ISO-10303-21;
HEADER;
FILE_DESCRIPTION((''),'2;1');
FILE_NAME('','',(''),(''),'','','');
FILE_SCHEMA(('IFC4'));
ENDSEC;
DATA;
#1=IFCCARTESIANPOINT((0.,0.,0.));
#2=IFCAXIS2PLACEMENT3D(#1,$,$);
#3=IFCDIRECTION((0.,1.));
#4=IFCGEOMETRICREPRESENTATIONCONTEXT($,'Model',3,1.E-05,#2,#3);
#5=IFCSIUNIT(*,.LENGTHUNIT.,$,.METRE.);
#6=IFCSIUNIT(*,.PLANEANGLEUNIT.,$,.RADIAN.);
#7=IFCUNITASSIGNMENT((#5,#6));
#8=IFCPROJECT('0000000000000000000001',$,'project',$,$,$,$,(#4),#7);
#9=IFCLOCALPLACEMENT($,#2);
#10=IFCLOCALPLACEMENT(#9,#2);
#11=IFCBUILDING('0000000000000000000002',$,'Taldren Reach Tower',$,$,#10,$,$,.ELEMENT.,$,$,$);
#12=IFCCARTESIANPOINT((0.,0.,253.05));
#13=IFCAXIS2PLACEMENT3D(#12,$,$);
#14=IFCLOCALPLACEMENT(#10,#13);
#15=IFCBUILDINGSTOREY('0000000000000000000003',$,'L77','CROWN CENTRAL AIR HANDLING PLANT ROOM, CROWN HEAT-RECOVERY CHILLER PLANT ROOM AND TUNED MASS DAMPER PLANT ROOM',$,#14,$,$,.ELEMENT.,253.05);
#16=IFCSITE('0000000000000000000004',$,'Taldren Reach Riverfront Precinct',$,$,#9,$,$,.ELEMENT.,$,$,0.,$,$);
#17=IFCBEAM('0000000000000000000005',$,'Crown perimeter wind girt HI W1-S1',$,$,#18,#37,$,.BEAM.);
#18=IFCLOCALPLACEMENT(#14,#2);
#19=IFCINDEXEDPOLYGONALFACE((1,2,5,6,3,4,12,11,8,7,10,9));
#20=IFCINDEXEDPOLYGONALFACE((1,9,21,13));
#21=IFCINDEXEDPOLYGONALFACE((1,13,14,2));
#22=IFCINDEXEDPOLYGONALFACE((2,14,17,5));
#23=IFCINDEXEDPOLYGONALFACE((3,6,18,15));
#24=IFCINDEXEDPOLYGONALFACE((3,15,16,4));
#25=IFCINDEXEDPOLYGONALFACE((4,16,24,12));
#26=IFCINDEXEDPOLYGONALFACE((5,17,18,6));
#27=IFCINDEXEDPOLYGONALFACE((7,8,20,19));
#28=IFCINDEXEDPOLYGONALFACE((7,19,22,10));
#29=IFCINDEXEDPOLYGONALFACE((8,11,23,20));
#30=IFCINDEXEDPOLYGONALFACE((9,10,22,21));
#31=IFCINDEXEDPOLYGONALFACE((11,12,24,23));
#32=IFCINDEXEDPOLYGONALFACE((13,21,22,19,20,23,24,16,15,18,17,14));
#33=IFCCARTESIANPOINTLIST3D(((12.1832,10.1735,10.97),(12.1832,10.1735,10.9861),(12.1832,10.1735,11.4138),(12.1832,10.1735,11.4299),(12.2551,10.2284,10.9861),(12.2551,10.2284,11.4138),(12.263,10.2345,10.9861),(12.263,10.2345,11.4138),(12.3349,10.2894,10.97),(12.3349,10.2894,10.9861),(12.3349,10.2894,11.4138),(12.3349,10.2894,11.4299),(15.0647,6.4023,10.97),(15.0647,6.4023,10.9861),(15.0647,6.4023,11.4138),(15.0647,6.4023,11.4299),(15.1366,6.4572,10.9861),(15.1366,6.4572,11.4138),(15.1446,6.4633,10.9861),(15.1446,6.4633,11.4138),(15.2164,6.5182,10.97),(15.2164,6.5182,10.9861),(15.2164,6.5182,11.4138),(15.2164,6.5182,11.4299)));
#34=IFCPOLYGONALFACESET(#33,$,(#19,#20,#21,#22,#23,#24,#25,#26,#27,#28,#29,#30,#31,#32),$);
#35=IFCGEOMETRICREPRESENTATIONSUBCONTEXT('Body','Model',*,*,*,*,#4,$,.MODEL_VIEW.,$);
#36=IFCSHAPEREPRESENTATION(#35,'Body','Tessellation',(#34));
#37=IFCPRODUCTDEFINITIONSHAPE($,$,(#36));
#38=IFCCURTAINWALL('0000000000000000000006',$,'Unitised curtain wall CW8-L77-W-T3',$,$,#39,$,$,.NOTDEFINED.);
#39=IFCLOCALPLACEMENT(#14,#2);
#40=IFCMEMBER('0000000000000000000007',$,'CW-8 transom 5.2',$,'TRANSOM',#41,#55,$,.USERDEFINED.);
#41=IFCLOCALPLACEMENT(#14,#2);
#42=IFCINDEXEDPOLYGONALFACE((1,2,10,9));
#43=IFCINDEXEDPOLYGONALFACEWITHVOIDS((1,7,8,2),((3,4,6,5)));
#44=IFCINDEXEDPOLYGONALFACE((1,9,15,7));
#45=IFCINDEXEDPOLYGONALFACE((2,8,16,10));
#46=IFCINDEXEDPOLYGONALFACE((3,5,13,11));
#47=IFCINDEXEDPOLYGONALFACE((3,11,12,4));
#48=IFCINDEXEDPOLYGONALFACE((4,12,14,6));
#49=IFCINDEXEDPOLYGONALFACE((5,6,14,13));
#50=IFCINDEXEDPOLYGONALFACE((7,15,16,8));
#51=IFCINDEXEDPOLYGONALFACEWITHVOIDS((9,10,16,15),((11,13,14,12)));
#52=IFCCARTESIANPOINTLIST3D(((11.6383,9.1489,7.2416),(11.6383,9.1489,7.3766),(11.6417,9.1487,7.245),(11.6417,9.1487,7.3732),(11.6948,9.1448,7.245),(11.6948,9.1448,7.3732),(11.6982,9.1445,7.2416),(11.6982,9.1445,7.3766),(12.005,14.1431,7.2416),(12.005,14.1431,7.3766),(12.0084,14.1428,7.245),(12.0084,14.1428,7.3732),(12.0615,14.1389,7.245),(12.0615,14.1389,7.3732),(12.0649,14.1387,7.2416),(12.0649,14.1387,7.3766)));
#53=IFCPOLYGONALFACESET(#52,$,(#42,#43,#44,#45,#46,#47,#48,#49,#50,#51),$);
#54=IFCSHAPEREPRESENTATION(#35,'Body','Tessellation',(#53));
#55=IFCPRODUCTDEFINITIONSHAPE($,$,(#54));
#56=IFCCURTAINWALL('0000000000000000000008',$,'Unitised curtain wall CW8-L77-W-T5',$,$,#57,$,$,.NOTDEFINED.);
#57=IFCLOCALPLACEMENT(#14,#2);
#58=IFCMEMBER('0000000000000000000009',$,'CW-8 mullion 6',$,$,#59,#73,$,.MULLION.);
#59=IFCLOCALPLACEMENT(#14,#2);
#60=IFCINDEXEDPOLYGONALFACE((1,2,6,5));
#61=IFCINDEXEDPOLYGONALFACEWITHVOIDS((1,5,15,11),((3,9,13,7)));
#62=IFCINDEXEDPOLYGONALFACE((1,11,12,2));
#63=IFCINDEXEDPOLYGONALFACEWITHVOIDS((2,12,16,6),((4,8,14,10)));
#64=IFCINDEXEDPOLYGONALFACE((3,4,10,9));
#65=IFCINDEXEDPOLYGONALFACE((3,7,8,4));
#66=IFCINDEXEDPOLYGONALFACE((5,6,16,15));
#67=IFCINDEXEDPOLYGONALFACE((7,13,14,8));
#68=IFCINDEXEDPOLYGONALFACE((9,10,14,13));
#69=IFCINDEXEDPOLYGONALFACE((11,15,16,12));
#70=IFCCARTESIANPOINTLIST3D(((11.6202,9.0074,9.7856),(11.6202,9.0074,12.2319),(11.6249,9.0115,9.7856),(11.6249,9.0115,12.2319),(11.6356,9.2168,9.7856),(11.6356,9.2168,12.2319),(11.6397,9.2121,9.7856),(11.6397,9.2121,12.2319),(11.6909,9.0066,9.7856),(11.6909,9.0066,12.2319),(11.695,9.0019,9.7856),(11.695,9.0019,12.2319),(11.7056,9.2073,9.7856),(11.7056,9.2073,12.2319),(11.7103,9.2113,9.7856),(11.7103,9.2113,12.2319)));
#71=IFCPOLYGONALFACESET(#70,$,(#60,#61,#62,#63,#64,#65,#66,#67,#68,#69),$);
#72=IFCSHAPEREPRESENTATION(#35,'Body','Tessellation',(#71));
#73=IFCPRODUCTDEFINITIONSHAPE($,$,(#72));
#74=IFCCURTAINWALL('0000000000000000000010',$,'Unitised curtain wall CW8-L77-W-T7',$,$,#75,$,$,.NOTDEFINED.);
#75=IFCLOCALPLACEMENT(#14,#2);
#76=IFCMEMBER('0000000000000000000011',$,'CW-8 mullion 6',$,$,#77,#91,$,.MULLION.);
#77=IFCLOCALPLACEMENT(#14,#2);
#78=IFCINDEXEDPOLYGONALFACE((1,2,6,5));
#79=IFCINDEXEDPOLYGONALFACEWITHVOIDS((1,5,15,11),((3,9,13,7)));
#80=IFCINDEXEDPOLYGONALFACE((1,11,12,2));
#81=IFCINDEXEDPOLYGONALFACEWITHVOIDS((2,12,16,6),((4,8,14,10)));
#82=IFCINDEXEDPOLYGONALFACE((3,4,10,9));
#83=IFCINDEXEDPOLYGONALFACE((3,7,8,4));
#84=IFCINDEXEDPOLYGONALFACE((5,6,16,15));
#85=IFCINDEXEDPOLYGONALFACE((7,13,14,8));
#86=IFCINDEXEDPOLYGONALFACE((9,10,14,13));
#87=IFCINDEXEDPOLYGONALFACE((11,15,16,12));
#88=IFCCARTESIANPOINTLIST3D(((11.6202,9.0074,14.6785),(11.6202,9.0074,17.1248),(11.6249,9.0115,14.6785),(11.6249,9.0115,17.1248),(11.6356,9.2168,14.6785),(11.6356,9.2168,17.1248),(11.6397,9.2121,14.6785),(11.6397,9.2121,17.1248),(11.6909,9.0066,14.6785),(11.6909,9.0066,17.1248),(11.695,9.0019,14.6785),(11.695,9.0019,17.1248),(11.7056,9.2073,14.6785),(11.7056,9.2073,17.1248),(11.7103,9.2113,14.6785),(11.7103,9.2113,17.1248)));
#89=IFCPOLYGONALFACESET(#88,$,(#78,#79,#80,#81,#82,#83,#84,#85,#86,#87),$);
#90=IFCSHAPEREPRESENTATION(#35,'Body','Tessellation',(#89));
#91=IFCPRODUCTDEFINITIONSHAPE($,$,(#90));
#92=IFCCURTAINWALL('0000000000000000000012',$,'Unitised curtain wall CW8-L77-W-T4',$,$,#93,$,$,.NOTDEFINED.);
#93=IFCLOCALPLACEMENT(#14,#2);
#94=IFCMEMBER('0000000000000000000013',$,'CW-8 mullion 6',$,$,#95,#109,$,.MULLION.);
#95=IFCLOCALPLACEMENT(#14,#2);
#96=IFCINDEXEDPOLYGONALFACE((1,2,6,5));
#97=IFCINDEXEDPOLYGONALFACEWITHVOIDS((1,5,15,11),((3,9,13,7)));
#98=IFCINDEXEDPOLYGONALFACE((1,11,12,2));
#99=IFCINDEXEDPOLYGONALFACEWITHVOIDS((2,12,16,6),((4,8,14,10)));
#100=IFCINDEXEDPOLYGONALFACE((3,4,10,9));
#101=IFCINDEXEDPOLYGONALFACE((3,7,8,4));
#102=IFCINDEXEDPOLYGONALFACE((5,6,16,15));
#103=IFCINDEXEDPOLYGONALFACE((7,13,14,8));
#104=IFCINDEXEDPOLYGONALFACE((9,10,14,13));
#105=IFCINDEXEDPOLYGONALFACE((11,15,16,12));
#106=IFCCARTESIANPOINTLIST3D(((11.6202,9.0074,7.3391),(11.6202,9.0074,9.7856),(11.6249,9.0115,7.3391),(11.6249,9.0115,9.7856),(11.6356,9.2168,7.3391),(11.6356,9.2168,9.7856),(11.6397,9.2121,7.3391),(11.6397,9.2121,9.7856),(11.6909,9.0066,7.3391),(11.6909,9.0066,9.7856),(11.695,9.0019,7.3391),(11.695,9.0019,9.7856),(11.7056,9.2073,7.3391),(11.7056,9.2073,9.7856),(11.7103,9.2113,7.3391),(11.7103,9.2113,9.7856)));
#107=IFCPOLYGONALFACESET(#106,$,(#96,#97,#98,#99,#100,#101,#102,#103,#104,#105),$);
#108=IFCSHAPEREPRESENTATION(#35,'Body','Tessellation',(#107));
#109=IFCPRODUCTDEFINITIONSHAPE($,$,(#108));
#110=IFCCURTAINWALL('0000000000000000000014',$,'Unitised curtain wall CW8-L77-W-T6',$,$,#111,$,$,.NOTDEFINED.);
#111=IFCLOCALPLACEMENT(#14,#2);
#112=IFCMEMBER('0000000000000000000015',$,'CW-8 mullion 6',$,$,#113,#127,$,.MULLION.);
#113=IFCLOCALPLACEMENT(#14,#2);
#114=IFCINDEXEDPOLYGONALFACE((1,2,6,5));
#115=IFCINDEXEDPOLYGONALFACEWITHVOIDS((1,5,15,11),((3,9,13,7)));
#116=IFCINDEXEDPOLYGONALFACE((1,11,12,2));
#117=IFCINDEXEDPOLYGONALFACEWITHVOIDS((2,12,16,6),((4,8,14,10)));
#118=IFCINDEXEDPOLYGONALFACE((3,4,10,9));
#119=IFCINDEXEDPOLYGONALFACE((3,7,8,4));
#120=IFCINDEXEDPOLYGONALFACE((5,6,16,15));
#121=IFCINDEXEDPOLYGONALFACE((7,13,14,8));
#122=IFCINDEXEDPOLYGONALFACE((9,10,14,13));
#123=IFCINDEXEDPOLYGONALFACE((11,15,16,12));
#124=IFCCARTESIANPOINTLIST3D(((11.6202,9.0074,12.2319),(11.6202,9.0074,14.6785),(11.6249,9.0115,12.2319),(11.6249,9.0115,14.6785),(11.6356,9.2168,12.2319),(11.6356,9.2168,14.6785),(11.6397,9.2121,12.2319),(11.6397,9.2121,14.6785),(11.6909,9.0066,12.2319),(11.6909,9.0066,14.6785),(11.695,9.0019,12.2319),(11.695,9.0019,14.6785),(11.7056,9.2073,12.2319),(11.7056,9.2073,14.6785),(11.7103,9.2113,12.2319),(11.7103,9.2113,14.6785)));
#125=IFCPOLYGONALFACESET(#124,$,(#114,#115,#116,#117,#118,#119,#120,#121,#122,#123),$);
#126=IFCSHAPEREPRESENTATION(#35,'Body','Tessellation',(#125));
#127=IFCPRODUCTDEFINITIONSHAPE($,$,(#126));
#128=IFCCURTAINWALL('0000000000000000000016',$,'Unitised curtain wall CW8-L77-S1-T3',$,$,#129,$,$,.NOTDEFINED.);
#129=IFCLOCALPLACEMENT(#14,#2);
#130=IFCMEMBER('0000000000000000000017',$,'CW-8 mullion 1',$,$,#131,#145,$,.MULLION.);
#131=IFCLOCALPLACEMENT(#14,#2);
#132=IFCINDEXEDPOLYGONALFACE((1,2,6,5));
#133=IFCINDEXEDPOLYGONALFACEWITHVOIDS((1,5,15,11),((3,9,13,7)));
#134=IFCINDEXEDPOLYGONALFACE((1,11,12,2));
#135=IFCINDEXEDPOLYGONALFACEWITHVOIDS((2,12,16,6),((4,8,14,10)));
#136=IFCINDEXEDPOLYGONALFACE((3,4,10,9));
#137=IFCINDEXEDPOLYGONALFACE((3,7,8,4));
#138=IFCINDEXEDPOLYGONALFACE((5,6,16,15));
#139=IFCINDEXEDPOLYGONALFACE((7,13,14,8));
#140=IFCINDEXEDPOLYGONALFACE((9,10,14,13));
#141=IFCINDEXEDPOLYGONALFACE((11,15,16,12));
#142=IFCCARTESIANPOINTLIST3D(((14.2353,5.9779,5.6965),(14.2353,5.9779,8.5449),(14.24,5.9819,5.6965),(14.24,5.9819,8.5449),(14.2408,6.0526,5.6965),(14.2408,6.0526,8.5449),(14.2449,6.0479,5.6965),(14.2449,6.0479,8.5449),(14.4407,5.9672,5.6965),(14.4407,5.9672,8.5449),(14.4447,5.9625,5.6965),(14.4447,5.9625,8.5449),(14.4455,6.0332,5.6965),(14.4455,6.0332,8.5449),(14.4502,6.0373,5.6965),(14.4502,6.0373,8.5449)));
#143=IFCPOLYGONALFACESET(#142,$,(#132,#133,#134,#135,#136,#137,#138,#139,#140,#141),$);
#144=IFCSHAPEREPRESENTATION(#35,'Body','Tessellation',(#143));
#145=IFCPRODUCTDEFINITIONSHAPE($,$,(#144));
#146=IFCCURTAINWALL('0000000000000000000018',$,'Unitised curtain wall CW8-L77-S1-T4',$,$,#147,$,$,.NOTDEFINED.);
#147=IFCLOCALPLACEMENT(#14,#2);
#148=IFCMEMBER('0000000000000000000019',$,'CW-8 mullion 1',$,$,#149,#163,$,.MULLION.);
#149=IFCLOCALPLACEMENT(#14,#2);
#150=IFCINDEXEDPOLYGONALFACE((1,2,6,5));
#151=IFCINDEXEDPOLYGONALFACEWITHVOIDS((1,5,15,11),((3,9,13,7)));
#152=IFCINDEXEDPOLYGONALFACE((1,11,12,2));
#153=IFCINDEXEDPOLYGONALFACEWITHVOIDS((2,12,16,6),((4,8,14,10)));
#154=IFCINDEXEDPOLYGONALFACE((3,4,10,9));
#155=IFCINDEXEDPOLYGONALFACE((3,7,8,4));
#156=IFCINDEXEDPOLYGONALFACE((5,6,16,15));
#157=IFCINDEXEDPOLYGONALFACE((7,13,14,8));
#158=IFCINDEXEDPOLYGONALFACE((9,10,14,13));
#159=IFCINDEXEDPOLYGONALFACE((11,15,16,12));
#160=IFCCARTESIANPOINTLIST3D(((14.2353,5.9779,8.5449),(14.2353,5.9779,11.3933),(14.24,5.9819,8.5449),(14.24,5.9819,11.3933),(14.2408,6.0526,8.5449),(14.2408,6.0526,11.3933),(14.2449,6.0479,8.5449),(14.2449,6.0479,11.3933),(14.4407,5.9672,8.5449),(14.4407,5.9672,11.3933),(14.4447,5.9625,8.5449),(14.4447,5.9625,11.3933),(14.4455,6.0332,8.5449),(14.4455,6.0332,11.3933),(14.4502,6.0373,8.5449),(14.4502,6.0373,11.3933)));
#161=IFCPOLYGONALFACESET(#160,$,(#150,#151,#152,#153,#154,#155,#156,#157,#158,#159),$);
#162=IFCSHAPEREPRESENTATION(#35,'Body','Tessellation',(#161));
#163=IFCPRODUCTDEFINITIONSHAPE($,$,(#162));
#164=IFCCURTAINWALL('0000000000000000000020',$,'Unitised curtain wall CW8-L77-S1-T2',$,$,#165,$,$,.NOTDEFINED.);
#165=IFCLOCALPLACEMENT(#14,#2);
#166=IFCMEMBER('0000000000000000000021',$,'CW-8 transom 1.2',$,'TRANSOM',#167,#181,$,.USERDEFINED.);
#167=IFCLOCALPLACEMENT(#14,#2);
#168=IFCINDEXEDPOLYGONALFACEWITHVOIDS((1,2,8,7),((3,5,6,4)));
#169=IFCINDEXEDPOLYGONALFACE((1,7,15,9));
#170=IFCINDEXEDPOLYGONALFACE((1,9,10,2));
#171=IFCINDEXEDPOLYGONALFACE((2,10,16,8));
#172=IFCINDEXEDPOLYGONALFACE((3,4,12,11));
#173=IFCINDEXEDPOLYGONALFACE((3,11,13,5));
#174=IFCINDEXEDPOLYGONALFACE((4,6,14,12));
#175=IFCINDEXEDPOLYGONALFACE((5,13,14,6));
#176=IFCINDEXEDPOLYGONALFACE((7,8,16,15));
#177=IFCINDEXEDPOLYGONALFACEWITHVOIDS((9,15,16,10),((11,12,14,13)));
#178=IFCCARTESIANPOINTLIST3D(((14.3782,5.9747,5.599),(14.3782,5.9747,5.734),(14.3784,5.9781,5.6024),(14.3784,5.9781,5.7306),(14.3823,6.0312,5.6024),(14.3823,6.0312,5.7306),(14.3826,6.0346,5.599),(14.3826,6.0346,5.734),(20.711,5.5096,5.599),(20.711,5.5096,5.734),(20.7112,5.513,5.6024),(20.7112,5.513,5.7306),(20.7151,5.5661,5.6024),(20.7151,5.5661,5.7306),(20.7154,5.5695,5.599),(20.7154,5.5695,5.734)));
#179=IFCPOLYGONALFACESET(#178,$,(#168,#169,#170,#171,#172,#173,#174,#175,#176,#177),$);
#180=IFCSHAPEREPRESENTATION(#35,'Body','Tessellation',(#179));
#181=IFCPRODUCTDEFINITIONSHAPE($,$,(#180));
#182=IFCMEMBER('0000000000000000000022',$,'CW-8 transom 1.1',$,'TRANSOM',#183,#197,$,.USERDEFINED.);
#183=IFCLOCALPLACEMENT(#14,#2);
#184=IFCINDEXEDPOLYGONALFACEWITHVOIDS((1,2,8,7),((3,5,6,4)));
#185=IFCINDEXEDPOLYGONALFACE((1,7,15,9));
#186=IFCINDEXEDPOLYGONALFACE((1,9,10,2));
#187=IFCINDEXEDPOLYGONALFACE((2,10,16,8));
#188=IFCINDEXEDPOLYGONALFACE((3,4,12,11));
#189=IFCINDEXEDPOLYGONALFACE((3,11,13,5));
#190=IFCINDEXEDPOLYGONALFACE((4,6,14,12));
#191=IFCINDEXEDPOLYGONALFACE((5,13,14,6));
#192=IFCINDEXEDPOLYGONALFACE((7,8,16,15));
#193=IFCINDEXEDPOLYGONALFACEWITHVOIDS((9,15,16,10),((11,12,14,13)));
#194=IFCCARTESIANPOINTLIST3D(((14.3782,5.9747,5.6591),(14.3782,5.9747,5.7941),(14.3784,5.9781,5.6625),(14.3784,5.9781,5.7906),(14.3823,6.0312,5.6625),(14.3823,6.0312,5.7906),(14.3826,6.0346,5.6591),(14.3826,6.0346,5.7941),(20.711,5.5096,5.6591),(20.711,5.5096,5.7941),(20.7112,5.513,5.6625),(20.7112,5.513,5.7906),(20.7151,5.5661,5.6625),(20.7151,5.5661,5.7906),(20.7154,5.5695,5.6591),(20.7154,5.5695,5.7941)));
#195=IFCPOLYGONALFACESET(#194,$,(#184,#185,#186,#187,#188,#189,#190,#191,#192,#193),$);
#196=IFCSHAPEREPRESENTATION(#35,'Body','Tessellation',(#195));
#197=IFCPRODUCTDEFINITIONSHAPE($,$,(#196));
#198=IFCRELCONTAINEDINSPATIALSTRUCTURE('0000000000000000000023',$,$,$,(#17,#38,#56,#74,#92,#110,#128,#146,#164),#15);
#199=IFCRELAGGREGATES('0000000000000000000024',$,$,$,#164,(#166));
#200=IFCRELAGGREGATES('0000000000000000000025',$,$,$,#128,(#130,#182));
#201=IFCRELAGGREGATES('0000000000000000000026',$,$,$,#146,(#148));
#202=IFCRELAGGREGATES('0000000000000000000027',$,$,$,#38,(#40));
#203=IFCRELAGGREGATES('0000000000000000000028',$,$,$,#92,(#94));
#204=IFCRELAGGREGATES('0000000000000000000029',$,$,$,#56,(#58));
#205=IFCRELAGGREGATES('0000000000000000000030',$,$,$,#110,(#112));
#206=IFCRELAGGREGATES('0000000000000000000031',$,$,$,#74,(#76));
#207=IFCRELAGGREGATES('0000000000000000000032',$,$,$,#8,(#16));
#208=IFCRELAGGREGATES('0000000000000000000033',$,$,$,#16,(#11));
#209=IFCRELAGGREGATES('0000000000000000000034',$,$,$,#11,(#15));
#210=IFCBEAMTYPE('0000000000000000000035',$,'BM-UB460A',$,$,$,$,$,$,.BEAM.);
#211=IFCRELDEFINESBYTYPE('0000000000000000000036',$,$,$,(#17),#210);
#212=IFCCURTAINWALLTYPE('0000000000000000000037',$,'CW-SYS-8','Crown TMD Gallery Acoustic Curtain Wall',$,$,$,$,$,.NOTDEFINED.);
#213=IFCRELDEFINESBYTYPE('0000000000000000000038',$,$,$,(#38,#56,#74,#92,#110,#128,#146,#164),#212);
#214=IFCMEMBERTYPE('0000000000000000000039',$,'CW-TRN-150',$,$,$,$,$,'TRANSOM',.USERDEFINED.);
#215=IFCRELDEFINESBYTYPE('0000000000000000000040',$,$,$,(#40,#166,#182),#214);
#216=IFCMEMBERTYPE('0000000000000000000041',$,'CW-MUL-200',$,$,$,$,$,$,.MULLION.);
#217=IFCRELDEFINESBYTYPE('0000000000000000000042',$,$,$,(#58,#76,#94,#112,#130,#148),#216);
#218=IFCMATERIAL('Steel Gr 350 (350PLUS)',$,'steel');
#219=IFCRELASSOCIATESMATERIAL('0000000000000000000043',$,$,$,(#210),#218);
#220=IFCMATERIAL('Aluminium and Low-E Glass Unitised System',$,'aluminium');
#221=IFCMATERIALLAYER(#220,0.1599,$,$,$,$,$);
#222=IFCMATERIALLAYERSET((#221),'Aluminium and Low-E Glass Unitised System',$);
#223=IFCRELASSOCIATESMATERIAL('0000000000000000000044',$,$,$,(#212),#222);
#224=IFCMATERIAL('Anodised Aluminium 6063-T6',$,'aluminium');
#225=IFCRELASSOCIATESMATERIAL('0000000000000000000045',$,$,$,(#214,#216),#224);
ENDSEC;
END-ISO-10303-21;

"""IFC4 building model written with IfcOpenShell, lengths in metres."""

from ifc_helpers import new_model, si_unit, direction, frame, origin, origin_2d, place, context, subcontext, project, spatial, hollow_rectangle, i_section, extrude, source, transform, mapped, material, layer, layer_set, material_profile, profile_set, type_object, element, aggregate, save


model = new_model("IFC4")

# Units and contexts
model_context = context("Model", 3, precision=1e-05, world=origin(), true_north=direction((0.0, 1.0)))
body_context = subcontext(model_context, "Body", "Model", "MODEL_VIEW")
ifc_project = project(units=[si_unit("LENGTHUNIT", "METRE"), si_unit("PLANEANGLEUNIT", "RADIAN")], contexts=[model_context])

# Site, building, storey
site_placement = place(None, origin())
site = spatial("IfcSite", under=ifc_project, at=site_placement, Name="Taldren Reach Riverfront Precinct", CompositionType="ELEMENT", RefElevation=0.0)
building_placement = place(site_placement, origin())
building = spatial("IfcBuilding", under=site, at=building_placement, Name="Taldren Reach Tower", CompositionType="ELEMENT")
storey_placement = place(building_placement, frame((0.0, 0.0, 253.05)))
storey = spatial("IfcBuildingStorey", under=building, at=storey_placement, Name="L77", Description="CROWN CENTRAL AIR HANDLING PLANT ROOM, CROWN HEAT-RECOVERY CHILLER PLANT ROOM AND TUNED MASS DAMPER PLANT ROOM", CompositionType="ELEMENT", Elevation=253.05)

# Shared definitions
ifc_material_1 = material(Name="Steel Gr 350 (350PLUS)", Category="steel")
ifc_material_profile_1 = material_profile(ifc_material_1, i_section(OverallWidth=0.1909, OverallDepth=0.46, WebThickness=0.01, FlangeThickness=0.0161, at=origin_2d()), Name="460UB82.1")
ifc_profile_set_1 = profile_set([ifc_material_profile_1], Name="Steel Gr 350 (350PLUS)")
beam_type_1 = type_object("IfcBeamType", Name="BM-UB460A", PredefinedType="BEAM", material=ifc_profile_set_1)

# Beam
shared_shape_1 = source(origin(), body_context, "Body", "SweptSolid", [
    extrude(i_section(OverallWidth=0.1909, OverallDepth=0.46, WebThickness=0.01, FlangeThickness=0.0161, at=origin_2d()), origin(), (0.0, 0.0, 1.0), 4.7461),
])
for number, where, z_axis, x_axis, name in (
    (1, (12.259, 10.2314, 11.2), (0.607145, -0.794591, 0.0), (0.794591, 0.607145, 0.0), "Crown perimeter wind girt HI W1-S1"),
):
    element("IfcBeam", number, at=place(storey_placement, frame(where, z_axis=z_axis, x_axis=x_axis)), inside=storey, type_object=beam_type_1, Name=name, PredefinedType="BEAM", context=body_context, shape_type="MappedRepresentation", body=[
        mapped(shared_shape_1, transform((0.0, 0.0, 0.0), scale=1.0)),
    ])

# Curtain walls, members
ifc_material_2 = material(Name="Aluminium and Low-E Glass Unitised System", Category="aluminium")
ifc_layer_1 = layer(ifc_material_2, 0.1599)
ifc_layer_set_1 = layer_set([ifc_layer_1], Name="Aluminium and Low-E Glass Unitised System")
curtain_wall_type = type_object("IfcCurtainWallType", Name="CW-SYS-8", Description="Crown TMD Gallery Acoustic Curtain Wall", PredefinedType="NOTDEFINED", material=ifc_layer_set_1)
curtain_wall_1_placement = place(storey_placement, origin())
curtain_wall_1 = element("IfcCurtainWall", 2, at=curtain_wall_1_placement, inside=storey, type_object=curtain_wall_type, Name="Unitised curtain wall CW8-L77-W-T3", PredefinedType="NOTDEFINED")
ifc_material_3 = material(Name="Anodised Aluminium 6063-T6", Category="aluminium")
ifc_material_profile_2 = material_profile(ifc_material_3, hollow_rectangle(XDim=0.0601, YDim=0.135, WallThickness=0.0034, at=origin_2d()), Name="ALU-135x60x3.5RHS")
ifc_profile_set_2 = profile_set([ifc_material_profile_2], Name="Anodised Aluminium 6063-T6")
member_type_1 = type_object("IfcMemberType", Name="CW-TRN-150", ElementType="TRANSOM", PredefinedType="USERDEFINED", material=ifc_profile_set_2)
shared_shape_2 = source(origin(), body_context, "Body", "SweptSolid", [
    extrude(hollow_rectangle(XDim=0.0601, YDim=0.135, WallThickness=0.0034, at=origin_2d()), origin(), (0.0, 0.0, 1.0), 5.0076),
])
member_1_placement = place(storey_placement, frame((12.0349, 14.1409, 7.3091), z_axis=(-0.073229, -0.997315, 0.0), x_axis=(0.997315, -0.073229, 0.0)))
member_1 = element("IfcMember", 3, at=member_1_placement, type_object=member_type_1, Name="CW-8 transom 5.2", ObjectType="TRANSOM", PredefinedType="USERDEFINED", context=body_context, shape_type="MappedRepresentation", body=[
    mapped(shared_shape_2, transform((0.0, 0.0, 0.0), scale=1.0)),
])
curtain_wall_2_placement = place(storey_placement, origin())
curtain_wall_2 = element("IfcCurtainWall", 4, at=curtain_wall_2_placement, inside=storey, type_object=curtain_wall_type, Name="Unitised curtain wall CW8-L77-W-T5", PredefinedType="NOTDEFINED")
ifc_material_profile_3 = material_profile(ifc_material_3, hollow_rectangle(XDim=0.075, YDim=0.21, WallThickness=0.0044, at=origin_2d()), Name="ALU-210x75x4.5RHS")
ifc_profile_set_3 = profile_set([ifc_material_profile_3], Name="Anodised Aluminium 6063-T6")
member_type_2 = type_object("IfcMemberType", Name="CW-MUL-200", PredefinedType="MULLION", material=ifc_profile_set_3)
shared_shape_3 = source(origin(), body_context, "Body", "SweptSolid", [
    extrude(hollow_rectangle(XDim=0.075, YDim=0.21, WallThickness=0.0044, at=origin_2d()), origin(), (0.0, 0.0, 1.0), 2.4463),
])
member_2_placement = place(storey_placement, frame((11.6653, 9.1094, 9.7856), z_axis=(0.0, 0.0, 1.0), x_axis=(0.997314, -0.073238, 0.0)))
member_2 = element("IfcMember", 5, at=member_2_placement, type_object=member_type_2, Name="CW-8 mullion 6", PredefinedType="MULLION", context=body_context, shape_type="MappedRepresentation", body=[
    mapped(shared_shape_3, transform((0.0, 0.0, 0.0), scale=1.0)),
])
curtain_wall_3_placement = place(storey_placement, origin())
curtain_wall_3 = element("IfcCurtainWall", 6, at=curtain_wall_3_placement, inside=storey, type_object=curtain_wall_type, Name="Unitised curtain wall CW8-L77-W-T7", PredefinedType="NOTDEFINED")
member_3_placement = place(storey_placement, frame((11.6653, 9.1094, 14.6785), z_axis=(0.0, 0.0, 1.0), x_axis=(0.997314, -0.073238, 0.0)))
member_3 = element("IfcMember", 7, at=member_3_placement, type_object=member_type_2, Name="CW-8 mullion 6", PredefinedType="MULLION", context=body_context, shape_type="MappedRepresentation", body=[
    mapped(shared_shape_3, transform((0.0, 0.0, 0.0), scale=1.0)),
])
curtain_wall_4_placement = place(storey_placement, origin())
curtain_wall_4 = element("IfcCurtainWall", 8, at=curtain_wall_4_placement, inside=storey, type_object=curtain_wall_type, Name="Unitised curtain wall CW8-L77-W-T4", PredefinedType="NOTDEFINED")
shared_shape_4 = source(origin(), body_context, "Body", "SweptSolid", [
    extrude(hollow_rectangle(XDim=0.075, YDim=0.21, WallThickness=0.0044, at=origin_2d()), origin(), (0.0, 0.0, 1.0), 2.4465),
])
member_4_placement = place(storey_placement, frame((11.6653, 9.1094, 7.3391), z_axis=(0.0, 0.0, 1.0), x_axis=(0.997314, -0.073238, 0.0)))
member_4 = element("IfcMember", 9, at=member_4_placement, type_object=member_type_2, Name="CW-8 mullion 6", PredefinedType="MULLION", context=body_context, shape_type="MappedRepresentation", body=[
    mapped(shared_shape_4, transform((0.0, 0.0, 0.0), scale=1.0)),
])
curtain_wall_5_placement = place(storey_placement, origin())
curtain_wall_5 = element("IfcCurtainWall", 10, at=curtain_wall_5_placement, inside=storey, type_object=curtain_wall_type, Name="Unitised curtain wall CW8-L77-W-T6", PredefinedType="NOTDEFINED")
member_5_placement = place(storey_placement, frame((11.6653, 9.1094, 12.2319), z_axis=(0.0, 0.0, 1.0), x_axis=(0.997314, -0.073238, 0.0)))
member_5 = element("IfcMember", 11, at=member_5_placement, type_object=member_type_2, Name="CW-8 mullion 6", PredefinedType="MULLION", context=body_context, shape_type="MappedRepresentation", body=[
    mapped(shared_shape_4, transform((0.0, 0.0, 0.0), scale=1.0)),
])
curtain_wall_6_placement = place(storey_placement, origin())
curtain_wall_6 = element("IfcCurtainWall", 12, at=curtain_wall_6_placement, inside=storey, type_object=curtain_wall_type, Name="Unitised curtain wall CW8-L77-S1-T3", PredefinedType="NOTDEFINED")
shared_shape_5 = source(origin(), body_context, "Body", "SweptSolid", [
    extrude(hollow_rectangle(XDim=0.075, YDim=0.21, WallThickness=0.0044, at=origin_2d()), origin(), (0.0, 0.0, 1.0), 2.8484),
])
member_6_placement = place(storey_placement, frame((14.3428, 6.0076, 5.6965), z_axis=(0.0, 0.0, 1.0), x_axis=(0.073239, 0.997314, 0.0)))
member_6 = element("IfcMember", 13, at=member_6_placement, type_object=member_type_2, Name="CW-8 mullion 1", PredefinedType="MULLION", context=body_context, shape_type="MappedRepresentation", body=[
    mapped(shared_shape_5, transform((0.0, 0.0, 0.0), scale=1.0)),
])
curtain_wall_7_placement = place(storey_placement, origin())
curtain_wall_7 = element("IfcCurtainWall", 14, at=curtain_wall_7_placement, inside=storey, type_object=curtain_wall_type, Name="Unitised curtain wall CW8-L77-S1-T4", PredefinedType="NOTDEFINED")
member_7_placement = place(storey_placement, frame((14.3428, 6.0076, 8.5449), z_axis=(0.0, 0.0, 1.0), x_axis=(0.073239, 0.997314, 0.0)))
member_7 = element("IfcMember", 15, at=member_7_placement, type_object=member_type_2, Name="CW-8 mullion 1", PredefinedType="MULLION", context=body_context, shape_type="MappedRepresentation", body=[
    mapped(shared_shape_5, transform((0.0, 0.0, 0.0), scale=1.0)),
])
curtain_wall_8_placement = place(storey_placement, origin())
curtain_wall_8 = element("IfcCurtainWall", 16, at=curtain_wall_8_placement, inside=storey, type_object=curtain_wall_type, Name="Unitised curtain wall CW8-L77-S1-T2", PredefinedType="NOTDEFINED")
shared_shape_6 = source(origin(), body_context, "Body", "SweptSolid", [
    extrude(hollow_rectangle(XDim=0.0601, YDim=0.135, WallThickness=0.0034, at=origin_2d()), origin(), (0.0, 0.0, 1.0), 6.3499),
])
member_8_placement = place(storey_placement, frame((14.3804, 6.0046, 5.6665), z_axis=(0.997314, -0.073244, 0.0), x_axis=(0.073244, 0.997314, 0.0)))
member_8 = element("IfcMember", 17, at=member_8_placement, type_object=member_type_1, Name="CW-8 transom 1.2", ObjectType="TRANSOM", PredefinedType="USERDEFINED", context=body_context, shape_type="MappedRepresentation", body=[
    mapped(shared_shape_6, transform((0.0, 0.0, 0.0), scale=1.0)),
])
aggregate(curtain_wall_8, [member_8])

# Member
member_9_placement = place(storey_placement, frame((14.3804, 6.0046, 5.7266), z_axis=(0.997314, -0.073244, 0.0), x_axis=(0.073244, 0.997314, 0.0)))
member_9 = element("IfcMember", 18, at=member_9_placement, type_object=member_type_1, Name="CW-8 transom 1.1", ObjectType="TRANSOM", PredefinedType="USERDEFINED", context=body_context, shape_type="MappedRepresentation", body=[
    mapped(shared_shape_6, transform((0.0, 0.0, 0.0), scale=1.0)),
])
aggregate(curtain_wall_6, [member_6, member_9])
aggregate(curtain_wall_7, [member_7])

aggregate(curtain_wall_1, [member_1])
aggregate(curtain_wall_4, [member_4])
aggregate(curtain_wall_2, [member_2])
aggregate(curtain_wall_5, [member_5])
aggregate(curtain_wall_3, [member_3])

save(model, "model.ifc")
